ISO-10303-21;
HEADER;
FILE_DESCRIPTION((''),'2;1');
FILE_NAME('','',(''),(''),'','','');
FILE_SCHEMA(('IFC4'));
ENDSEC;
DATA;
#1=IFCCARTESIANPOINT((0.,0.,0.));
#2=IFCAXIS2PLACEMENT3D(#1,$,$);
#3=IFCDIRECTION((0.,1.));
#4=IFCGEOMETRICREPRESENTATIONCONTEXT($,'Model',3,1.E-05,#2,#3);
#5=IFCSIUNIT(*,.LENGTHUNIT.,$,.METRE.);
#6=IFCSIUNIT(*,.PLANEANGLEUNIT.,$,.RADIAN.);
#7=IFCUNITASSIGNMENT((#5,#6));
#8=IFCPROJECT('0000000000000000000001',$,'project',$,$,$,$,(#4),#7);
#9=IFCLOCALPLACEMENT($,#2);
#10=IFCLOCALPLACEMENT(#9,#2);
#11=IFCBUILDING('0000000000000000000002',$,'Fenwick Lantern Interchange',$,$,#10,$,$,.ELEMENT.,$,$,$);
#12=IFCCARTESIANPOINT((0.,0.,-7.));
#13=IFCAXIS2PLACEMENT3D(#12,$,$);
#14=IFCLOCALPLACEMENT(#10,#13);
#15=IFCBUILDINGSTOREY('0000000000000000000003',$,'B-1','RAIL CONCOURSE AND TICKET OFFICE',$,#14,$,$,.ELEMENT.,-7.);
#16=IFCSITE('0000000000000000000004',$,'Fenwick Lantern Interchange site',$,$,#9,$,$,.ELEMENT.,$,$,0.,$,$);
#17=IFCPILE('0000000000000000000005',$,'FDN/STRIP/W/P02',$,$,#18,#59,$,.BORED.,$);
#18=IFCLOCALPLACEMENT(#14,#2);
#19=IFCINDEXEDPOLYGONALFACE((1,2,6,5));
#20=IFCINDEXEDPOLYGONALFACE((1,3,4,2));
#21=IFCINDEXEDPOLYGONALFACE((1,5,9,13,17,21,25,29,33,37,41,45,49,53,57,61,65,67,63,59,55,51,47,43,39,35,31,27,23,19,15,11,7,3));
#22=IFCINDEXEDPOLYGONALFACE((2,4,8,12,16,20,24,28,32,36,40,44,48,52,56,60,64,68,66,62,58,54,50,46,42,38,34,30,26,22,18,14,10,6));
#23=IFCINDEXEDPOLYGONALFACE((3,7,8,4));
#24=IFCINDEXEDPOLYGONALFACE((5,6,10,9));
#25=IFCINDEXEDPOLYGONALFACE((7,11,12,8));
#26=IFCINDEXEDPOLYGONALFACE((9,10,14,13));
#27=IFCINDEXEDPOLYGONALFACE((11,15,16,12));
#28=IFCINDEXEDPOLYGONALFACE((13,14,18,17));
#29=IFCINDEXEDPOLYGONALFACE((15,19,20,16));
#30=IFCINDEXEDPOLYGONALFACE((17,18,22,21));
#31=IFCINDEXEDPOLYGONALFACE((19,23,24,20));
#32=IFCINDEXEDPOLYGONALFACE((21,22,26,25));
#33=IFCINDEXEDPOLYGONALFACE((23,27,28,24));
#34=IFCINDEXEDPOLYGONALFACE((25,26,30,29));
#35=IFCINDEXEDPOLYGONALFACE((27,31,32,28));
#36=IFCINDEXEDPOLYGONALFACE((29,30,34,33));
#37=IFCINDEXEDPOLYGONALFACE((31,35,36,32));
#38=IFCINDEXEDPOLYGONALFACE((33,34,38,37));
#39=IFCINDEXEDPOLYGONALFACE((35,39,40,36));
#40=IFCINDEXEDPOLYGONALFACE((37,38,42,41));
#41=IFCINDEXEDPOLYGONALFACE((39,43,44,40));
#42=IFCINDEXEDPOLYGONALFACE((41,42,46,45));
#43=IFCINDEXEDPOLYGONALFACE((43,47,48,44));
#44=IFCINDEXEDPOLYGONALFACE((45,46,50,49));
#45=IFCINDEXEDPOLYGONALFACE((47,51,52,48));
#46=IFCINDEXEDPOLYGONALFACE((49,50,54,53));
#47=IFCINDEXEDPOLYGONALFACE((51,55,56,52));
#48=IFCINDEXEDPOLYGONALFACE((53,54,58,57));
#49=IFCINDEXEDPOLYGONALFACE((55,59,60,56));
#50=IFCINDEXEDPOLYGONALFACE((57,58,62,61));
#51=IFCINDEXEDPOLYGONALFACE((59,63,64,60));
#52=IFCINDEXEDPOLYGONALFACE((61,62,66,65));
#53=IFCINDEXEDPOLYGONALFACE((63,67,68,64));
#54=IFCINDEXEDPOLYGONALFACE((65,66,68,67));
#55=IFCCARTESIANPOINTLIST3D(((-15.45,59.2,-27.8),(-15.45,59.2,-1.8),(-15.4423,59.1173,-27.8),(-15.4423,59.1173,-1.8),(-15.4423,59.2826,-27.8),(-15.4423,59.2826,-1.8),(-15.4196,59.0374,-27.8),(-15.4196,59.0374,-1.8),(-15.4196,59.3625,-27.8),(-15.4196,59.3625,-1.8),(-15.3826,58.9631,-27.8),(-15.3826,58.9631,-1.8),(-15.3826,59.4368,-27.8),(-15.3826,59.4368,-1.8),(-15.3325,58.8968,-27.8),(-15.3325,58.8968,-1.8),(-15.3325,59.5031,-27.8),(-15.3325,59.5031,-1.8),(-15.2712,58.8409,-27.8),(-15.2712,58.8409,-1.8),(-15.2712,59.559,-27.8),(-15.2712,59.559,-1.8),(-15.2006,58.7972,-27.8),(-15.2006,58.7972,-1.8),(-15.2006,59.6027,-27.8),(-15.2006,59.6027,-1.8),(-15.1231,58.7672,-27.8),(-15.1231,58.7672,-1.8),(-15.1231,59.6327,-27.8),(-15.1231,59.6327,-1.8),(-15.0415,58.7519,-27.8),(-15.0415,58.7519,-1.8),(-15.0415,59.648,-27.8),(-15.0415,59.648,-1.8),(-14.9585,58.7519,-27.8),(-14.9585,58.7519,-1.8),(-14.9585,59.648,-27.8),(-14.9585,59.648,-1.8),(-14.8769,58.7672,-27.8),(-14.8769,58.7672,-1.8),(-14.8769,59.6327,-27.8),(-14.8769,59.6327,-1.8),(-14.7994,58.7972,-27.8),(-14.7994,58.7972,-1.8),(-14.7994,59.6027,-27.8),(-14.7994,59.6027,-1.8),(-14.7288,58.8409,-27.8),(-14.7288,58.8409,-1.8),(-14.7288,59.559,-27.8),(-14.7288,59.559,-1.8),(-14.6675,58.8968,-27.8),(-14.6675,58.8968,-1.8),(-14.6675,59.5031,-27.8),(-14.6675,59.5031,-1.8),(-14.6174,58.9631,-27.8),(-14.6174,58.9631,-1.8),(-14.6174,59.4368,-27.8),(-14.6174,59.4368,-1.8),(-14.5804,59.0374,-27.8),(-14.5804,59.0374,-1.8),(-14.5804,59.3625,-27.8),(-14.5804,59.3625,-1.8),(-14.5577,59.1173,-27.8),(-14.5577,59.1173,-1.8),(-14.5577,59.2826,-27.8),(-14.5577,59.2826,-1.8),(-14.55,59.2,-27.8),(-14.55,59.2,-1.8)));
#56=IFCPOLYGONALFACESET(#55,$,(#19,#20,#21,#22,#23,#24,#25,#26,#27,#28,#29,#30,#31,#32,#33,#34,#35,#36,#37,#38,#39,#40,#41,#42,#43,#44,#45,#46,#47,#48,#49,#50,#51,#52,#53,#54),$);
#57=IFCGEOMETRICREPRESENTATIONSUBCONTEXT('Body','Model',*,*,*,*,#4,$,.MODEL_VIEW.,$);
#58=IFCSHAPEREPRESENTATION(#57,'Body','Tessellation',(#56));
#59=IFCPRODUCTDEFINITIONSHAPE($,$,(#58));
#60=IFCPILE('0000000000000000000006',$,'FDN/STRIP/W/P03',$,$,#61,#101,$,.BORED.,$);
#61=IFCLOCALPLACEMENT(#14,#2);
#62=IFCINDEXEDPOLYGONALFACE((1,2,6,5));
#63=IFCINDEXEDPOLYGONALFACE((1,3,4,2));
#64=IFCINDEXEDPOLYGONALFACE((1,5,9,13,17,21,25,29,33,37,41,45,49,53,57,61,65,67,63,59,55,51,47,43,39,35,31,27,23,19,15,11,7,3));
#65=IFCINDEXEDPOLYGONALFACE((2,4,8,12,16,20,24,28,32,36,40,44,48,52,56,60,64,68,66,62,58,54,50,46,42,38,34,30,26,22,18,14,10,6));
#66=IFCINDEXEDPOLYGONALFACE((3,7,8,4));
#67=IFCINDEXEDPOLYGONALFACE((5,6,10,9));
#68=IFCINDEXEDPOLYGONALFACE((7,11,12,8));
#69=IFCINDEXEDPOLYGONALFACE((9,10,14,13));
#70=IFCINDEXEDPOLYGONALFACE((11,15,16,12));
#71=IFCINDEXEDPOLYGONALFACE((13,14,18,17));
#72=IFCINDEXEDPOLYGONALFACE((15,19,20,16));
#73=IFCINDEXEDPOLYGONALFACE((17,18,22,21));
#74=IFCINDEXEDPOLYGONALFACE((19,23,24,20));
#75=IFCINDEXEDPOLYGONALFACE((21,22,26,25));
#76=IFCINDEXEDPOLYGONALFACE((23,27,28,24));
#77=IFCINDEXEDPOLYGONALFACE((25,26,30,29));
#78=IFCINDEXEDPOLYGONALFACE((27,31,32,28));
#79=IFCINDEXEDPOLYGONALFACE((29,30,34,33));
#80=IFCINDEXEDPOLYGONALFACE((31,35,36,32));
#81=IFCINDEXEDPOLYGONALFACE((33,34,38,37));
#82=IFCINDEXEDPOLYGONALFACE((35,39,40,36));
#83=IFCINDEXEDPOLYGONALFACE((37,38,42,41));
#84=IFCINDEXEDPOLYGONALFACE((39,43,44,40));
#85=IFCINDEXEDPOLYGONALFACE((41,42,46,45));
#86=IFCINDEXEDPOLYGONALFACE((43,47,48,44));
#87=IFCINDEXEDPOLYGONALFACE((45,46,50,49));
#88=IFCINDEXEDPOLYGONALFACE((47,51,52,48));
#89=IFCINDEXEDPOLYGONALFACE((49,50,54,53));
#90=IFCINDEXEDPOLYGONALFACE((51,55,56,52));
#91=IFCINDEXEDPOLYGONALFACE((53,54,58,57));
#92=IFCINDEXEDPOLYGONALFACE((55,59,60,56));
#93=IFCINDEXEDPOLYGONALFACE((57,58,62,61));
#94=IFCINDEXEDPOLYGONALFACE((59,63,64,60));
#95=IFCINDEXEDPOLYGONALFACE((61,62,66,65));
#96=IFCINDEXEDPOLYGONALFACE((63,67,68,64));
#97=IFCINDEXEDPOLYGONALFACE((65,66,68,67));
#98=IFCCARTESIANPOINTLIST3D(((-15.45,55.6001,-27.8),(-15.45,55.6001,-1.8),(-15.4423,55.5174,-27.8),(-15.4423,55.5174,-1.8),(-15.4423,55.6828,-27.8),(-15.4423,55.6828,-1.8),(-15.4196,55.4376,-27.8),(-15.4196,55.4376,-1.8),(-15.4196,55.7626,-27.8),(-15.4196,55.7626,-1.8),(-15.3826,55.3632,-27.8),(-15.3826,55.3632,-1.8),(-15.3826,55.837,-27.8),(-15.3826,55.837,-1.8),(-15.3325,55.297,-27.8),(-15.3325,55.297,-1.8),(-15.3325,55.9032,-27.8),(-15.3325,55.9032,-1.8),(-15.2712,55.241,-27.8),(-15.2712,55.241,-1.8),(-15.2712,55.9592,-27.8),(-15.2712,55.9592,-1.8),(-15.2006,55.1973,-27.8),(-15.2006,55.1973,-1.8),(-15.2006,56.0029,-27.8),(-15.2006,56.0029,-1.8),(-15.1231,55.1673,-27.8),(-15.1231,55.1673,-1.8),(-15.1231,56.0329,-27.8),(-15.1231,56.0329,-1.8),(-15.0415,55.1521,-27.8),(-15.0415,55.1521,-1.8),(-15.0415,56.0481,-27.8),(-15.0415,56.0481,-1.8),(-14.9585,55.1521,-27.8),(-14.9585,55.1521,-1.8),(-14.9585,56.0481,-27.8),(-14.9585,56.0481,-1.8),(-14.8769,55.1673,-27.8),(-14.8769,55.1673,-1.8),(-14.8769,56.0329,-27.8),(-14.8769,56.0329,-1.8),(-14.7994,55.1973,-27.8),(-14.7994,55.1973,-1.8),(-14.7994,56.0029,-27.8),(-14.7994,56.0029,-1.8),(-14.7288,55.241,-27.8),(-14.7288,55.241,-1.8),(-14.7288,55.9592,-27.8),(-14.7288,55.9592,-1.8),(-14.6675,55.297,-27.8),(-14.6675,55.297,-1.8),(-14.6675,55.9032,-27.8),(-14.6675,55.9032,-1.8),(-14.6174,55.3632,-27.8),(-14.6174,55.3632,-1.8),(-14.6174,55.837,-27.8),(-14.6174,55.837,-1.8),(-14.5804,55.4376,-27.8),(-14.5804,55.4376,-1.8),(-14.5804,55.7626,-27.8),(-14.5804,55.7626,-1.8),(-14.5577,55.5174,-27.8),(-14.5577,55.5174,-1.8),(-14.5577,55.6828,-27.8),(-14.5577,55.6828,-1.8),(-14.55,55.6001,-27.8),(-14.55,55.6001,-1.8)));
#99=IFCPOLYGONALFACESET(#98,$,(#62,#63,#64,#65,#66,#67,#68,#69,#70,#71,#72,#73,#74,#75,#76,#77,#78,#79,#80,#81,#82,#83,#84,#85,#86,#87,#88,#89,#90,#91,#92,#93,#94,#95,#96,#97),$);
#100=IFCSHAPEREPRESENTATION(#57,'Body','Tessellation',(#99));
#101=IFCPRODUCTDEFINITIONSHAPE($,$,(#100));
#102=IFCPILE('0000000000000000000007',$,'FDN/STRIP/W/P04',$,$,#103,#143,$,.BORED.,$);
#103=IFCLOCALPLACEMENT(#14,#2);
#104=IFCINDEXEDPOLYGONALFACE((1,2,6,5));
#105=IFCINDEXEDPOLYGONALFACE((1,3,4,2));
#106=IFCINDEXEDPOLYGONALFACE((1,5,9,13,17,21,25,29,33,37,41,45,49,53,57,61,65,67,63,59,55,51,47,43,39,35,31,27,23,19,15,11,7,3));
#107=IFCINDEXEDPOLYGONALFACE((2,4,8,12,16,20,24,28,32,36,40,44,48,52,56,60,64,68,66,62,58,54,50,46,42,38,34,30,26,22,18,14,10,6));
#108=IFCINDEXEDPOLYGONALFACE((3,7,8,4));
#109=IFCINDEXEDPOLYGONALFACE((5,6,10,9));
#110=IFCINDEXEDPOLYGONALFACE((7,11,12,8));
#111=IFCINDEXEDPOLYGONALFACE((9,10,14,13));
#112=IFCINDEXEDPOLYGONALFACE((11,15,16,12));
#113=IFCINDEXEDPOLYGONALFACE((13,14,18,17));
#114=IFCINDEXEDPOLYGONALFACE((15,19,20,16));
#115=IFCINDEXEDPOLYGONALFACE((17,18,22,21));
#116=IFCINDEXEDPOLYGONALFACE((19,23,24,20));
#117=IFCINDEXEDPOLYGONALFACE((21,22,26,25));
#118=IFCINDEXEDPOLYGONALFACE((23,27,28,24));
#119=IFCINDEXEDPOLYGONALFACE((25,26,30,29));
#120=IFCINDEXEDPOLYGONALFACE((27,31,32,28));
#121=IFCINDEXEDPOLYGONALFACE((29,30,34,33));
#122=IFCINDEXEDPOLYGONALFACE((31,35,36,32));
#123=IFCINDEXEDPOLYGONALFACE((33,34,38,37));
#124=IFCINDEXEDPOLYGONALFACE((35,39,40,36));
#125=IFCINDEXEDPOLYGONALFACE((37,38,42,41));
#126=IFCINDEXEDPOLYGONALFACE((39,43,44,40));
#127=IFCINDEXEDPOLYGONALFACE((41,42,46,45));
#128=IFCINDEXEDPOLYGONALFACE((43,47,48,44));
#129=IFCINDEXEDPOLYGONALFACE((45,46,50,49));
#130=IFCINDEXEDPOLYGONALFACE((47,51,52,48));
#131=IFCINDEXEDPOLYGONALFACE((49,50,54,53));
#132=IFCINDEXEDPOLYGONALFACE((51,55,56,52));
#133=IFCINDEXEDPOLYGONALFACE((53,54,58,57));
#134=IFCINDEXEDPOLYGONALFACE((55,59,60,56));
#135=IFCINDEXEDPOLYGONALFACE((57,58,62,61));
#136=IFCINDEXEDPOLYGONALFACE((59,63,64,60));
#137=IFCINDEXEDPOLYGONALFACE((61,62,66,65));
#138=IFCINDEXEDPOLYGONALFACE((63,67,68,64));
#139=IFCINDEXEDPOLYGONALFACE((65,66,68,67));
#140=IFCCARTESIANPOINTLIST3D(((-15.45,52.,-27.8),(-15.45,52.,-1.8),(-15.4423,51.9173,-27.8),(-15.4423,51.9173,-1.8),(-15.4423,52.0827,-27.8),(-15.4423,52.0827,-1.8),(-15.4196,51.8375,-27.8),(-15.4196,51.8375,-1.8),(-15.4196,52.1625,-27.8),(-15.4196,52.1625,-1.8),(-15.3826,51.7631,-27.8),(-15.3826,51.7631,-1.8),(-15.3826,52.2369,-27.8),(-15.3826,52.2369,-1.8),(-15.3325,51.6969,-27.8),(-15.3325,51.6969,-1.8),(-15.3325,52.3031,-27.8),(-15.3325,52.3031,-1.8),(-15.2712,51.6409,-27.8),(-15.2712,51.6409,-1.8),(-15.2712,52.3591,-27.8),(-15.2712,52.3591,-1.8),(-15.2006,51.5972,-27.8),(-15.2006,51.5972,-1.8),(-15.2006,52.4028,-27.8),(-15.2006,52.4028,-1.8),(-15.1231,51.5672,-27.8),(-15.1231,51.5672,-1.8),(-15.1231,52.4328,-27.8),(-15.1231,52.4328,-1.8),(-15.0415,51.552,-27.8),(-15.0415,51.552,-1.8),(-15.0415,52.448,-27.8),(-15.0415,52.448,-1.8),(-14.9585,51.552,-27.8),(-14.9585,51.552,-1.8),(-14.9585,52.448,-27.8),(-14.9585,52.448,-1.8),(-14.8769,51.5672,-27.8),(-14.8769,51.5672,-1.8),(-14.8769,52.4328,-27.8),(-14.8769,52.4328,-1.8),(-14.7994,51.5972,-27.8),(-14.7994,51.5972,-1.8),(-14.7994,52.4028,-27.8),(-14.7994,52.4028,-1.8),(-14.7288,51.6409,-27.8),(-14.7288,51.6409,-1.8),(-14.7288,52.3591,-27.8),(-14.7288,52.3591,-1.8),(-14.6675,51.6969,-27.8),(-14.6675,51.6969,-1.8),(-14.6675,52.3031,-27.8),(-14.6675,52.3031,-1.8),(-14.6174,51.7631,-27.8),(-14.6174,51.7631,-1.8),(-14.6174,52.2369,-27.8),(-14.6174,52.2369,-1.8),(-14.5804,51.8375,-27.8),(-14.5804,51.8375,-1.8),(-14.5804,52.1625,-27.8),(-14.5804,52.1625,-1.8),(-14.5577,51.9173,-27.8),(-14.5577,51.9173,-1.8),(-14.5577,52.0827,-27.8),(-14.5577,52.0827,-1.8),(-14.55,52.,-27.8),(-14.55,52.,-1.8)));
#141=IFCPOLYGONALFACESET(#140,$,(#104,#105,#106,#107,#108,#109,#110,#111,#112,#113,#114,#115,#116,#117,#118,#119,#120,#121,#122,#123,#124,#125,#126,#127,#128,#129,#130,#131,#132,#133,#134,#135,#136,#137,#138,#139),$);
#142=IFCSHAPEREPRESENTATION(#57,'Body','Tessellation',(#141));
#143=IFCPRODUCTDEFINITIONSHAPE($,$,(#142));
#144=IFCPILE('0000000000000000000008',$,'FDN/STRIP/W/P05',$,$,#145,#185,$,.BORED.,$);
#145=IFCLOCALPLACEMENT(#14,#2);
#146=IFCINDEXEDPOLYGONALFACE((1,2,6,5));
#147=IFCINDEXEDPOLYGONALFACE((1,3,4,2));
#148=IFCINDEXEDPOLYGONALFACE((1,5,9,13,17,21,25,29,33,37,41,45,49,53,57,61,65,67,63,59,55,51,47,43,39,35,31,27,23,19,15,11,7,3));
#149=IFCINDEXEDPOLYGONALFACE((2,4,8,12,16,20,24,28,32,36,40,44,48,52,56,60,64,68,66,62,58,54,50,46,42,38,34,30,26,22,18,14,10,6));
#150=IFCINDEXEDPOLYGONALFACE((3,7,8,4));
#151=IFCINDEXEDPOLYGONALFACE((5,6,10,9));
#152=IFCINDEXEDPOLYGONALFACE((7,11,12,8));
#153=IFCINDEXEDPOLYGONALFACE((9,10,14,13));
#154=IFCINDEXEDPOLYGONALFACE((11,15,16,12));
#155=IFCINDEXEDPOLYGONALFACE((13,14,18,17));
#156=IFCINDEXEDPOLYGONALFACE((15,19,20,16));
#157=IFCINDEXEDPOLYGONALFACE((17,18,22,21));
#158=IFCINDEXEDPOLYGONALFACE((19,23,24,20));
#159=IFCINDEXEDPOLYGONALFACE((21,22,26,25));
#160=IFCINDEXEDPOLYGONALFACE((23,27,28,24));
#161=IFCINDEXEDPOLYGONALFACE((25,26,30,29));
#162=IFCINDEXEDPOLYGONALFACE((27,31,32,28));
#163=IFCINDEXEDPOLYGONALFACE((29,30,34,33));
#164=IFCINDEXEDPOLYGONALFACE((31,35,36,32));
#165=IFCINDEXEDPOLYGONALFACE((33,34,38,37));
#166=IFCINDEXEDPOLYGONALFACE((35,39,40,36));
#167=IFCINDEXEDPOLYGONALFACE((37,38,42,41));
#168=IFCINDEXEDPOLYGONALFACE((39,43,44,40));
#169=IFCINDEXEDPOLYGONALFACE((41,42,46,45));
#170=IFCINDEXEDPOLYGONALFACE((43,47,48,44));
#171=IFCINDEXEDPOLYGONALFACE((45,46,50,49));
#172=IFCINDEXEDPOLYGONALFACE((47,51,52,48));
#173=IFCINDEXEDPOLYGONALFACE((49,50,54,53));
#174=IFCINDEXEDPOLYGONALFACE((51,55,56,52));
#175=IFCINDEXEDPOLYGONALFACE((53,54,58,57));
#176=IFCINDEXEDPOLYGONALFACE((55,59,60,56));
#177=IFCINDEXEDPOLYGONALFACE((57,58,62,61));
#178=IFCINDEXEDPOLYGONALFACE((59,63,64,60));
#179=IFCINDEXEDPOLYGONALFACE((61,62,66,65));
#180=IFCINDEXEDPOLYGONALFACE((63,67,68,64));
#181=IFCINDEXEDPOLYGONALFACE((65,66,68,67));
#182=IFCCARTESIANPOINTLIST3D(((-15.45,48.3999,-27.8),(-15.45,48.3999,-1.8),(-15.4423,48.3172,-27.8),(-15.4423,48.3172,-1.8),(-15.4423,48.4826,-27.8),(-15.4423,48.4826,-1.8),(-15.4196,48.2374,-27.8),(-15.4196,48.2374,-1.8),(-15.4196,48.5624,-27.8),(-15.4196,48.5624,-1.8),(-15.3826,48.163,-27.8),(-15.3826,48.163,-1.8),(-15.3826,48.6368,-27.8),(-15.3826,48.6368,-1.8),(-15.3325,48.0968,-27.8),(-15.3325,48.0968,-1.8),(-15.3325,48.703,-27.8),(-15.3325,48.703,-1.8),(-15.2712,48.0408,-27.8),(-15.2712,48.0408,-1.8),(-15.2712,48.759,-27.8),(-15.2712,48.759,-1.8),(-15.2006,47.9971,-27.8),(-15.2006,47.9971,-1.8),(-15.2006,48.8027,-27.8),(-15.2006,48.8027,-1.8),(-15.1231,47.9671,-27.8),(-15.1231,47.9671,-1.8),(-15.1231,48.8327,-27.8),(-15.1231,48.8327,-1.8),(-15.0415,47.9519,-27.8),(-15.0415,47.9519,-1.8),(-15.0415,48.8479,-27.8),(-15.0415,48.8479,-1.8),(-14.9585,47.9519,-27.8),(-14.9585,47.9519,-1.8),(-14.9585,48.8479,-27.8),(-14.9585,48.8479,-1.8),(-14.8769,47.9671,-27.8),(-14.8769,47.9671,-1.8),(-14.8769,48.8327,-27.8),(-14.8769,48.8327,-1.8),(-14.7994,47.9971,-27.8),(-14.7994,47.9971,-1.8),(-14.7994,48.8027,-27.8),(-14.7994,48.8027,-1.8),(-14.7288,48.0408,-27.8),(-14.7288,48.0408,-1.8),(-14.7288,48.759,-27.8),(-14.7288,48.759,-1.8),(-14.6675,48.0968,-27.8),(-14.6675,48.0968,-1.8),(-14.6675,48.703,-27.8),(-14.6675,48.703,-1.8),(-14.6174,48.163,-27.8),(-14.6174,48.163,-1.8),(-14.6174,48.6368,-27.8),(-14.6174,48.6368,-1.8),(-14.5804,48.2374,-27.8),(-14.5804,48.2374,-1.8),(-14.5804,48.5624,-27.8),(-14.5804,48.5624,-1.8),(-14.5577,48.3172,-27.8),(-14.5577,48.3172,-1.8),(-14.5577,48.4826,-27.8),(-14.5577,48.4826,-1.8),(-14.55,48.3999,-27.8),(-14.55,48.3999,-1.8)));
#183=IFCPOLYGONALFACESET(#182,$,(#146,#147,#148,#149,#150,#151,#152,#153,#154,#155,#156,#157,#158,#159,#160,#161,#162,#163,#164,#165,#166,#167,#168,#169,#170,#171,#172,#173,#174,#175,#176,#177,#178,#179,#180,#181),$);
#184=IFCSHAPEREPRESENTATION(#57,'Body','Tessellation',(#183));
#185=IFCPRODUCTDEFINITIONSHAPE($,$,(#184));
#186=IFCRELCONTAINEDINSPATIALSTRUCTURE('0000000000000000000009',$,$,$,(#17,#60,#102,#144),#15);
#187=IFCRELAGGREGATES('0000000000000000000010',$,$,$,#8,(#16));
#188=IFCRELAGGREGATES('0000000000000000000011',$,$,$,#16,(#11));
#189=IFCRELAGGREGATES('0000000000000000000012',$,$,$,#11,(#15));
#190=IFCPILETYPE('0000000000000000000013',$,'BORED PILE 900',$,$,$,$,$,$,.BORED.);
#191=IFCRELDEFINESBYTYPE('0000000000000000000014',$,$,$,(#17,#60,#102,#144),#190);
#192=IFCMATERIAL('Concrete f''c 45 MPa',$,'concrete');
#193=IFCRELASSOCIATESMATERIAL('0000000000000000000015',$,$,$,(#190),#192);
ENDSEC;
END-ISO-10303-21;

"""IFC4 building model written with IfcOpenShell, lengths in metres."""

from ifc_helpers import new_model, si_unit, direction, frame, origin, origin_2d, place, context, subcontext, project, spatial, circle, extrude, material, type_object, element, save


model = new_model("IFC4")

# Units and contexts
model_context = context("Model", 3, precision=1e-05, world=origin(), true_north=direction((0.0, 1.0)))
body_context = subcontext(model_context, "Body", "Model", "MODEL_VIEW")
ifc_project = project(units=[si_unit("LENGTHUNIT", "METRE"), si_unit("PLANEANGLEUNIT", "RADIAN")], contexts=[model_context])

# Site, building, storey
site_placement = place(None, origin())
site = spatial("IfcSite", under=ifc_project, at=site_placement, Name="Fenwick Lantern Interchange site", CompositionType="ELEMENT", RefElevation=0.0)
building_placement = place(site_placement, origin())
building = spatial("IfcBuilding", under=site, at=building_placement, Name="Fenwick Lantern Interchange", CompositionType="ELEMENT")
storey_placement = place(building_placement, frame((0.0, 0.0, -7.0)))
storey = spatial("IfcBuildingStorey", under=building, at=storey_placement, Name="B-1", Description="RAIL CONCOURSE AND TICKET OFFICE", CompositionType="ELEMENT", Elevation=-7.0)

# Piles
ifc_material_1 = material(Name="Concrete f'c 45 MPa", Category="concrete")
pile_type_1 = type_object("IfcPileType", Name="BORED PILE 900", PredefinedType="BORED", material=ifc_material_1)
for number, where, z_axis, x_axis, name in (
    (1, (-15.0, 59.2, -1.8), (0.0, 0.0, -1.0), (1.0, 0.0, 0.0), "FDN/STRIP/W/P02"),
    (2, (-15.0, 55.6001, -1.8), (0.0, 0.0, -1.0), (1.0, 0.0, 0.0), "FDN/STRIP/W/P03"),
    (3, (-15.0, 52.0, -1.8), (0.0, 0.0, -1.0), (1.0, 0.0, 0.0), "FDN/STRIP/W/P04"),
    (4, (-15.0, 48.3999, -1.8), (0.0, 0.0, -1.0), (1.0, 0.0, 0.0), "FDN/STRIP/W/P05"),
):
    element("IfcPile", number, at=place(storey_placement, frame(where, z_axis=z_axis, x_axis=x_axis)), inside=storey, type_object=pile_type_1, Name=name, PredefinedType="BORED", context=body_context, shape_type="SweptSolid", body=[
        extrude(circle(Radius=0.45, at=origin_2d()), origin(), (0.0, 0.0, 1.0), 26.0),
    ])

save(model, "model.ifc")
